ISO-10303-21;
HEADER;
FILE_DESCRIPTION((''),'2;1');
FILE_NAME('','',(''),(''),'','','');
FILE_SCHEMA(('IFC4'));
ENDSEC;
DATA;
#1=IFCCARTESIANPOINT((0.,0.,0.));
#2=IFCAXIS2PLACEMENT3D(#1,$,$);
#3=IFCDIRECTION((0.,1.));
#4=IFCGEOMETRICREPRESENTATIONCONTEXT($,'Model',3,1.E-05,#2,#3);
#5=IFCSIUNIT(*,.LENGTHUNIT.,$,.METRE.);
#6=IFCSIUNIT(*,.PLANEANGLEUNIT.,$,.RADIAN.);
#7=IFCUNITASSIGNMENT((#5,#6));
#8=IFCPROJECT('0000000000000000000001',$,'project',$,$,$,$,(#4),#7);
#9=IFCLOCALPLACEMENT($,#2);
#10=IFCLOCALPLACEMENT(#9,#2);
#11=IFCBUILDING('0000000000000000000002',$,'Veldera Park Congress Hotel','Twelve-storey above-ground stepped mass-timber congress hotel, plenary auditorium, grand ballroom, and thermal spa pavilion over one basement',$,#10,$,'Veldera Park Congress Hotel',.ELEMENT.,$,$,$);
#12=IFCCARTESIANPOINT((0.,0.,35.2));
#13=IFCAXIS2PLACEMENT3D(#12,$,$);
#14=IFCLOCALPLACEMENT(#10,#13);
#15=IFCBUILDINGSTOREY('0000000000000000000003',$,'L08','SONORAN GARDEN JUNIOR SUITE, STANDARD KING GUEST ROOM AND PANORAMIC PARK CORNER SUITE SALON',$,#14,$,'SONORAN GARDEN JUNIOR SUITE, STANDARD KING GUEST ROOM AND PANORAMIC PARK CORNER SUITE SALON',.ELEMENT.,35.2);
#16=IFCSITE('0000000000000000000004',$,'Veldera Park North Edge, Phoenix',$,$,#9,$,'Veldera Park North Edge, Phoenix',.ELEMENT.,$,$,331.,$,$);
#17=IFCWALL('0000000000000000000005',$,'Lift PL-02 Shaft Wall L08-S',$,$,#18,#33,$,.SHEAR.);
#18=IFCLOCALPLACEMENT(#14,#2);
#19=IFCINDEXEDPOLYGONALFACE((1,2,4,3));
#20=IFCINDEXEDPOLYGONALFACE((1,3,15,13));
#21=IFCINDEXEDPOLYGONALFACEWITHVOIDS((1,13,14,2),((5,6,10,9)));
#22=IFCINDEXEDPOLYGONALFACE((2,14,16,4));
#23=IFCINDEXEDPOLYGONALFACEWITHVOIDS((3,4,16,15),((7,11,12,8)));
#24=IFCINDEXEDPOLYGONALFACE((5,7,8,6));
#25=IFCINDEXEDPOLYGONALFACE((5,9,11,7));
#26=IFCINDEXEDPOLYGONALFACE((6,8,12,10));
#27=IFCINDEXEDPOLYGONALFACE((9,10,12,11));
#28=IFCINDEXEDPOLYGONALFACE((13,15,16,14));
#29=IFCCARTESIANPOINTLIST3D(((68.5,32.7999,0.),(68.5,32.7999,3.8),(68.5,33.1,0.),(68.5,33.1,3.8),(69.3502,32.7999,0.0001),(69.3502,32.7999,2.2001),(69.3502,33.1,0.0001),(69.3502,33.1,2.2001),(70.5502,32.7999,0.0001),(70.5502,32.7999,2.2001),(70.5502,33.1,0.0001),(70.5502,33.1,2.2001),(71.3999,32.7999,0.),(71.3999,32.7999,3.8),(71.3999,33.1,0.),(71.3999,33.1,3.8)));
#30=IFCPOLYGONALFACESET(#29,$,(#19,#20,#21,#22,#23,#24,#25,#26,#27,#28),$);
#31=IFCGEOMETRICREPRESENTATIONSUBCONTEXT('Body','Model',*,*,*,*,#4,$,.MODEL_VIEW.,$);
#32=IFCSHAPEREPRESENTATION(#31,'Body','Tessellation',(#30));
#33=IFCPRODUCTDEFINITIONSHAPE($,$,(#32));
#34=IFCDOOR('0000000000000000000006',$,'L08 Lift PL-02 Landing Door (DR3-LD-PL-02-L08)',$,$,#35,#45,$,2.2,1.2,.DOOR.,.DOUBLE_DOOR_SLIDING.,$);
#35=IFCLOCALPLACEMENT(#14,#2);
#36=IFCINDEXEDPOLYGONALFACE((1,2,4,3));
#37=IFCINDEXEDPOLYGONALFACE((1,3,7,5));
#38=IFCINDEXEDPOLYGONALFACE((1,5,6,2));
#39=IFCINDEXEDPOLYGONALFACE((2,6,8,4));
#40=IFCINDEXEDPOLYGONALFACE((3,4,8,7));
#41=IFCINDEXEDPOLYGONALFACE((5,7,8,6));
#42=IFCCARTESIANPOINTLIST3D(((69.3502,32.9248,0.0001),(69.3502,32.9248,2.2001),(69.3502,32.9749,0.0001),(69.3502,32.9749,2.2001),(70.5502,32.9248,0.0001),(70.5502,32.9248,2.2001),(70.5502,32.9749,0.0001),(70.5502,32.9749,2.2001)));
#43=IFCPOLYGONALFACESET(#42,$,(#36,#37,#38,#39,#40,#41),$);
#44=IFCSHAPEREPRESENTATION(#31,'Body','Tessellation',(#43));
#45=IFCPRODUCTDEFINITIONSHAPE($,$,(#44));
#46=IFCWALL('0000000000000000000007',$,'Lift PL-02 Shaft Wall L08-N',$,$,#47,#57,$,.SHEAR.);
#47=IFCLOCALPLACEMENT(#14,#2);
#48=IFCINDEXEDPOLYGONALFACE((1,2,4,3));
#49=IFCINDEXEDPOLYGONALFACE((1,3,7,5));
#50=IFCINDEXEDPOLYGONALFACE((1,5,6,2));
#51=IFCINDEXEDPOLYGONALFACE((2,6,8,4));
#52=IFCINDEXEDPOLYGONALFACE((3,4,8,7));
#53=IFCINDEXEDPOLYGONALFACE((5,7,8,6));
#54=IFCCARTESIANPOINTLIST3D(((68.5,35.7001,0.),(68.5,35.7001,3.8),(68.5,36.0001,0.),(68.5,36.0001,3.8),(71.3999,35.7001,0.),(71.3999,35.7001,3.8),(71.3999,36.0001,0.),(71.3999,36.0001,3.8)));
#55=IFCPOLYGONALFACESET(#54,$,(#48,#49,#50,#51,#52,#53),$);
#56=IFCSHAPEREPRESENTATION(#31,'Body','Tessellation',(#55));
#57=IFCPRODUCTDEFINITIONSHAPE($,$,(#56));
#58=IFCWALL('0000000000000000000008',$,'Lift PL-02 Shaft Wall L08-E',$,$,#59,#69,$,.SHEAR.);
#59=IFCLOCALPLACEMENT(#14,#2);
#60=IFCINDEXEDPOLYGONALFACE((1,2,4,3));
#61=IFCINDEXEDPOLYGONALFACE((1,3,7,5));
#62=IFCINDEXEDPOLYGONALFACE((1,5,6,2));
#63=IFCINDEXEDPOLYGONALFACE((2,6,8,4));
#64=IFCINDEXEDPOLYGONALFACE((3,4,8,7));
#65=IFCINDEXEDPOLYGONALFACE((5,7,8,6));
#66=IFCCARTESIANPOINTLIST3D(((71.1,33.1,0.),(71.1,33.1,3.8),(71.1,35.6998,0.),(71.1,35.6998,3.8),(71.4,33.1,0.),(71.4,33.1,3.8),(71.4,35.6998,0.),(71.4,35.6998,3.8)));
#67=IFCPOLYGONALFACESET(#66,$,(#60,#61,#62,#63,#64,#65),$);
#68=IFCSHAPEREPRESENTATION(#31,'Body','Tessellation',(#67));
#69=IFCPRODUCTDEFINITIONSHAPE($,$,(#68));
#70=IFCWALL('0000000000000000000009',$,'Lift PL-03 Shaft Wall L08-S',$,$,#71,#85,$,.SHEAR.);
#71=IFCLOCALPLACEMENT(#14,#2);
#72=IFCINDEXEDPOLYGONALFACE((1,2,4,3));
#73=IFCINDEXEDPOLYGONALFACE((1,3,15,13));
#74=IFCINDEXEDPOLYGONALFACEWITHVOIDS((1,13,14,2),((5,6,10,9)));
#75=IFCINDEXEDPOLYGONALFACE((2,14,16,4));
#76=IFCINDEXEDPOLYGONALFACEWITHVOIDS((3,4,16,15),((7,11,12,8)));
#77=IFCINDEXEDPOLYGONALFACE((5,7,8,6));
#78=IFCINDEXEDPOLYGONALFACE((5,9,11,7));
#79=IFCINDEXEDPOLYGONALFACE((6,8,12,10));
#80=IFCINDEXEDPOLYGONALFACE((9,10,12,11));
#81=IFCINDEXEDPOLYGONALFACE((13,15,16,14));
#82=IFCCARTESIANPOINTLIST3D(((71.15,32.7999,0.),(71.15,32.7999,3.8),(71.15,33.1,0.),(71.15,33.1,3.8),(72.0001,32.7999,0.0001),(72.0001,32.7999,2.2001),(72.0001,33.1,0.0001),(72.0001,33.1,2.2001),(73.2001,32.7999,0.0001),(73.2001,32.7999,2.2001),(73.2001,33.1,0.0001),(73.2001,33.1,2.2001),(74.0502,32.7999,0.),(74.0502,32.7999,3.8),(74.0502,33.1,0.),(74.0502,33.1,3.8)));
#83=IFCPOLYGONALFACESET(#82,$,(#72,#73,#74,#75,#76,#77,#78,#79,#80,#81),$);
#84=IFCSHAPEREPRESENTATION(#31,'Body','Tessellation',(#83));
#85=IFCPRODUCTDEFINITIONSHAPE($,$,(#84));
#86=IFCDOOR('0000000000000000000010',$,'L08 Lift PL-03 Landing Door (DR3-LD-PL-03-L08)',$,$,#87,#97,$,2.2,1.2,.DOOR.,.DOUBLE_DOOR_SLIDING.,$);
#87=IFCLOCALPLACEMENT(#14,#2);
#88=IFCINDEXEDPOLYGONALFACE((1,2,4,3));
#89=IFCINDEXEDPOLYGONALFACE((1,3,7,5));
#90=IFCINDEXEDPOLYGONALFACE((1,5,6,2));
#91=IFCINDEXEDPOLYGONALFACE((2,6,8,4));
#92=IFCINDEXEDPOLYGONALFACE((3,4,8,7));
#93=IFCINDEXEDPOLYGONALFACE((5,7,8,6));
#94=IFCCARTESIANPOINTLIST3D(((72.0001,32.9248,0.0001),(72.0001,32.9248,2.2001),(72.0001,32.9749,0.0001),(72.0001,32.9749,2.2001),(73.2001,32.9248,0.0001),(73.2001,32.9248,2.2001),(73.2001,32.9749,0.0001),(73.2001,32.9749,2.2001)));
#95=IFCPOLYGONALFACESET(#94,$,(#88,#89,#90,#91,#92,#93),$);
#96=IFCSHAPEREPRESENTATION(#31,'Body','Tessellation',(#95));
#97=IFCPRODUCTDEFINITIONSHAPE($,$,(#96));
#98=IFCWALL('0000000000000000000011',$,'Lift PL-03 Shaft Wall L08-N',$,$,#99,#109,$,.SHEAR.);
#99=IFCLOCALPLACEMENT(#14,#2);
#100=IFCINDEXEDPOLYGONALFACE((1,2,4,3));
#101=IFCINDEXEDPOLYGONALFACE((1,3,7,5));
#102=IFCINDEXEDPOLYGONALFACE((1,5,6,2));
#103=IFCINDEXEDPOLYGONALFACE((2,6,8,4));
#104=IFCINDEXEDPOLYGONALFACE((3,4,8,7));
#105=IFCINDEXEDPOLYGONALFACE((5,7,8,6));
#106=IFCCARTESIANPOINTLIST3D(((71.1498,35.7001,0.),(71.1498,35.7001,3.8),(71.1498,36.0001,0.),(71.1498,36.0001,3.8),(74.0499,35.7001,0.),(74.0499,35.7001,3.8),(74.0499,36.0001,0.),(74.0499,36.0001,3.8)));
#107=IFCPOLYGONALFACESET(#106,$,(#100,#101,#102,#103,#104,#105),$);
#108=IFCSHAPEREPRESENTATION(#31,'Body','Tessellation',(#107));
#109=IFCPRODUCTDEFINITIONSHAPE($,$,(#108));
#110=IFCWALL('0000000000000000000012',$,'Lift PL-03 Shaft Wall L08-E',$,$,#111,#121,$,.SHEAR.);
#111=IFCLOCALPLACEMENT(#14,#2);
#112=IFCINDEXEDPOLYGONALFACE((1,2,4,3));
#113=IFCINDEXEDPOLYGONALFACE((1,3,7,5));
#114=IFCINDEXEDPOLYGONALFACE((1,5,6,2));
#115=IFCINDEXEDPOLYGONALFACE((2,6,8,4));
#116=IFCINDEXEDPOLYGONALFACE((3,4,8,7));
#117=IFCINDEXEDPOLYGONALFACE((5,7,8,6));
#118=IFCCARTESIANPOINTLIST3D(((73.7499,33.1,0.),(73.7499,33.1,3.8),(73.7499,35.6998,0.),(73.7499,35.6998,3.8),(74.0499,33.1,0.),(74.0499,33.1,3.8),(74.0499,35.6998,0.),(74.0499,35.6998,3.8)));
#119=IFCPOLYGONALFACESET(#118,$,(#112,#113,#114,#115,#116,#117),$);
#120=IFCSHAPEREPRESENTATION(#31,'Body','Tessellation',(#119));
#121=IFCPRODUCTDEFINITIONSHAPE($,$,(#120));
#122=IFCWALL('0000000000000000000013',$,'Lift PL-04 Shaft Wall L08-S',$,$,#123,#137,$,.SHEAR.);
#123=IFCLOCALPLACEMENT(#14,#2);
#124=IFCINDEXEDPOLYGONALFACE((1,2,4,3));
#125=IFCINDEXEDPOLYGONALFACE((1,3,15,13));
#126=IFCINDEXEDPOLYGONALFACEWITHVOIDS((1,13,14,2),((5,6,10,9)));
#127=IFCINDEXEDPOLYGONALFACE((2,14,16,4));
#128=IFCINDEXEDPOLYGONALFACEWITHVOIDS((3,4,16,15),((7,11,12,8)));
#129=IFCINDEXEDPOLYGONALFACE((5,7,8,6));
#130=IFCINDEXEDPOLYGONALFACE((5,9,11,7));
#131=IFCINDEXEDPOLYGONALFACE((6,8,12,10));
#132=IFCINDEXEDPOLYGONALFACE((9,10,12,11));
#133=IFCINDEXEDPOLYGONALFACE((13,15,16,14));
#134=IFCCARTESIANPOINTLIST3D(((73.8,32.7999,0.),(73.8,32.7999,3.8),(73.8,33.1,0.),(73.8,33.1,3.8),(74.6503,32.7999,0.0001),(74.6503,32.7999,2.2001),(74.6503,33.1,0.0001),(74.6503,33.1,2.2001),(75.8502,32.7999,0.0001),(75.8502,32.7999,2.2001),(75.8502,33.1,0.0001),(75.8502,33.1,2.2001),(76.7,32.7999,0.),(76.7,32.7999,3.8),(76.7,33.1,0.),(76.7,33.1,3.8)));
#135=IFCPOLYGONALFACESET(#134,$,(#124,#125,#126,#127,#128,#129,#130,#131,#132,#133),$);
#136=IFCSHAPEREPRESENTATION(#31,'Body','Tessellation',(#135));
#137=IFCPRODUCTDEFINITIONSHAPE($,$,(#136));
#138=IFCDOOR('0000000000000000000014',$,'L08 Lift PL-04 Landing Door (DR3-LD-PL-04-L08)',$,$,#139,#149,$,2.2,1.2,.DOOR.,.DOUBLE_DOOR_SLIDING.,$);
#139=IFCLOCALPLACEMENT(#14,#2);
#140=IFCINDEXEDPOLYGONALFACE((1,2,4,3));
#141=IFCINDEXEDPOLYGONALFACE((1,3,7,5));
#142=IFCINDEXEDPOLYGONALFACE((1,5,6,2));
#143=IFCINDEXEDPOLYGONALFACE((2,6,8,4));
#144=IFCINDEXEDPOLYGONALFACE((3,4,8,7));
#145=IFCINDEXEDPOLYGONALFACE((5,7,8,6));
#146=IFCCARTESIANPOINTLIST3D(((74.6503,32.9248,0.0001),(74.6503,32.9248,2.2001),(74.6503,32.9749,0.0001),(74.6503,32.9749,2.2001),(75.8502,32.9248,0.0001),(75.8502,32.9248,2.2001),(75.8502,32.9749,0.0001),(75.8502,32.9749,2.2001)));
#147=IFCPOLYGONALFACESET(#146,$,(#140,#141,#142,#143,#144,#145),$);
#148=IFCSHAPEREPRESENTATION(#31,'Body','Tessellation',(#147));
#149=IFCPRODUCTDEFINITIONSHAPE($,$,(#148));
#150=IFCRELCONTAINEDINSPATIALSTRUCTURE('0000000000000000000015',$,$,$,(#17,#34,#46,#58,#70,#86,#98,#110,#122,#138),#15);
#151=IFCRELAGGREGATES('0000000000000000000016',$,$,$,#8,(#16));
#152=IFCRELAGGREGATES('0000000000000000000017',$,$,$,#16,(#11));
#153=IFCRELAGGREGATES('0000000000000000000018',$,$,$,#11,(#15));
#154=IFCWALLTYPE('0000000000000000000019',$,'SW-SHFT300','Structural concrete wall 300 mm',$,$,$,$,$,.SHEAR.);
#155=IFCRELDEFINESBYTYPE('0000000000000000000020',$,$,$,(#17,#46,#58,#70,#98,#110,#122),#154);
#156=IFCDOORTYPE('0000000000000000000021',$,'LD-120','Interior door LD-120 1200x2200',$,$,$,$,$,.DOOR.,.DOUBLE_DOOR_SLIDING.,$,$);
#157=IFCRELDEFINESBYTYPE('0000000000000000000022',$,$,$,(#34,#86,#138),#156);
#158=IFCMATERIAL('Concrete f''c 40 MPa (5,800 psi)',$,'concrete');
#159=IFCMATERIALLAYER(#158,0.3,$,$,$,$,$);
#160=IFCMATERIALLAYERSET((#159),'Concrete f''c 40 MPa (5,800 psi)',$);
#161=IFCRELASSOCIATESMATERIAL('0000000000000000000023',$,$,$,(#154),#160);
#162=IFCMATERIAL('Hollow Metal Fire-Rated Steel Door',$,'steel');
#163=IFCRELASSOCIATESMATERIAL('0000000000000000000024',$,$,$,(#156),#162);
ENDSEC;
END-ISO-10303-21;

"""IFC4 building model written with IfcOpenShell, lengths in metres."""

from ifc_helpers import new_model, si_unit, direction, frame, frame_2d, origin, place, context, subcontext, project, spatial, rectangle, extrude, material, layer, layer_set, type_object, element, fill, save


model = new_model("IFC4")

# Units and contexts
model_context = context("Model", 3, precision=1e-05, world=origin(), true_north=direction((0.0, 1.0)))
body_context = subcontext(model_context, "Body", "Model", "MODEL_VIEW")
ifc_project = project(units=[si_unit("LENGTHUNIT", "METRE"), si_unit("PLANEANGLEUNIT", "RADIAN")], contexts=[model_context])

# Site, building, storey
site_placement = place(None, origin())
site = spatial("IfcSite", under=ifc_project, at=site_placement, Name="Veldera Park North Edge, Phoenix", LongName="Veldera Park North Edge, Phoenix", CompositionType="ELEMENT", RefElevation=331.0)
building_placement = place(site_placement, origin())
building = spatial("IfcBuilding", under=site, at=building_placement, Name="Veldera Park Congress Hotel", Description="Twelve-storey above-ground stepped mass-timber congress hotel, plenary auditorium, grand ballroom, and thermal spa pavilion over one basement", LongName="Veldera Park Congress Hotel", CompositionType="ELEMENT")
storey_placement = place(building_placement, frame((0.0, 0.0, 35.2)))
storey = spatial("IfcBuildingStorey", under=building, at=storey_placement, Name="L08", Description="SONORAN GARDEN JUNIOR SUITE, STANDARD KING GUEST ROOM AND PANORAMIC PARK CORNER SUITE SALON", LongName="SONORAN GARDEN JUNIOR SUITE, STANDARD KING GUEST ROOM AND PANORAMIC PARK CORNER SUITE SALON", CompositionType="ELEMENT", Elevation=35.2)

# Shared definitions
ifc_material_1 = material(Name="Concrete f'c 40 MPa (5,800 psi)", Category="concrete")
ifc_layer_1 = layer(ifc_material_1, 0.3)
ifc_layer_set_1 = layer_set([ifc_layer_1], Name="Concrete f'c 40 MPa (5,800 psi)")
wall_type_1 = type_object("IfcWallType", Name="SW-SHFT300", Description="Structural concrete wall 300 mm", PredefinedType="SHEAR", material=ifc_layer_set_1)
ifc_material_2 = material(Name="Hollow Metal Fire-Rated Steel Door", Category="steel")
door_type_1 = type_object("IfcDoorType", Name="LD-120", Description="Interior door LD-120 1200x2200", OperationType="DOUBLE_DOOR_SLIDING", PredefinedType="DOOR", material=ifc_material_2)

# Wall, opening, door
wall_1_placement = place(storey_placement, frame((68.5, 32.95, 0.0), z_axis=(0.0, 0.0, 1.0), x_axis=(1.0, 0.0, 0.0)))
wall_1 = element("IfcWall", 1, at=wall_1_placement, inside=storey, type_object=wall_type_1, Name="Lift PL-02 Shaft Wall L08-S", PredefinedType="SHEAR", context=body_context, shape_type="SweptSolid", body=[
    extrude(rectangle(XDim=2.8999, YDim=0.3, at=frame_2d((1.45, 0.0))), origin(), (0.0, 0.0, 1.0), 3.8),
])
opening_1_placement = place(wall_1_placement, frame((0.8501, 0.0, 0.0)))
opening_1 = element("IfcOpeningElement", 2, at=opening_1_placement, cuts=wall_1, PredefinedType="OPENING", context=body_context, shape_type="SweptSolid", body=[
    extrude(rectangle(XDim=1.2, YDim=2.2, at=frame_2d((0.6001, 1.1001))), frame((0.0, 0.1621, 0.0), z_axis=(0.0, -1.0, 0.0), x_axis=(1.0, 0.0, 0.0)), (0.0, 0.0, 1.0), 0.324),
])
door_1_placement = place(opening_1_placement, origin())
door_1 = element("IfcDoor", 3, at=door_1_placement, inside=storey, type_object=door_type_1, Name="L08 Lift PL-02 Landing Door (DR3-LD-PL-02-L08)", OperationType="DOUBLE_DOOR_SLIDING", OverallHeight=2.2, OverallWidth=1.2, PredefinedType="DOOR", context=body_context, shape_type="SweptSolid", body=[
    extrude(rectangle(XDim=1.2, YDim=2.2, at=frame_2d((0.6001, 1.1001))), frame((0.0, 0.0249, 0.0), z_axis=(0.0, -1.0, 0.0), x_axis=(1.0, 0.0, 0.0)), (0.0, 0.0, 1.0), 0.05),
])
fill(opening_1, door_1)

# Walls
wall_2_placement = place(storey_placement, frame((71.3999, 35.8501, 0.0), z_axis=(0.0, 0.0, 1.0), x_axis=(-1.0, 0.0, 0.0)))
element("IfcWall", 4, at=wall_2_placement, inside=storey, type_object=wall_type_1, Name="Lift PL-02 Shaft Wall L08-N", PredefinedType="SHEAR", context=body_context, shape_type="SweptSolid", body=[
    extrude(rectangle(XDim=2.8999, YDim=0.3, at=frame_2d((1.45, 0.0))), origin(), (0.0, 0.0, 1.0), 3.8),
])
wall_3_placement = place(storey_placement, frame((71.25, 33.1001, 0.0), z_axis=(0.0, 0.0, 1.0), x_axis=(0.0, 1.0, 0.0)))
element("IfcWall", 5, at=wall_3_placement, inside=storey, type_object=wall_type_1, Name="Lift PL-02 Shaft Wall L08-E", PredefinedType="SHEAR", context=body_context, shape_type="SweptSolid", body=[
    extrude(rectangle(XDim=2.5999, YDim=0.3, at=frame_2d((1.2998, 0.0))), origin(), (0.0, 0.0, 1.0), 3.8),
])

# Wall, opening, door
wall_4_placement = place(storey_placement, frame((71.1499, 32.95, 0.0), z_axis=(0.0, 0.0, 1.0), x_axis=(1.0, 0.0, 0.0)))
wall_4 = element("IfcWall", 6, at=wall_4_placement, inside=storey, type_object=wall_type_1, Name="Lift PL-03 Shaft Wall L08-S", PredefinedType="SHEAR", context=body_context, shape_type="SweptSolid", body=[
    extrude(rectangle(XDim=2.9001, YDim=0.3, at=frame_2d((1.4502, 0.0))), origin(), (0.0, 0.0, 1.0), 3.8),
])
opening_2_placement = place(wall_4_placement, frame((0.8501, 0.0, 0.0)))
opening_2 = element("IfcOpeningElement", 7, at=opening_2_placement, cuts=wall_4, PredefinedType="OPENING", context=body_context, shape_type="SweptSolid", body=[
    extrude(rectangle(XDim=1.2, YDim=2.2, at=frame_2d((0.6001, 1.1001))), frame((0.0, 0.1621, 0.0), z_axis=(0.0, -1.0, 0.0), x_axis=(1.0, 0.0, 0.0)), (0.0, 0.0, 1.0), 0.324),
])
door_2_placement = place(opening_2_placement, origin())
door_2 = element("IfcDoor", 8, at=door_2_placement, inside=storey, type_object=door_type_1, Name="L08 Lift PL-03 Landing Door (DR3-LD-PL-03-L08)", OperationType="DOUBLE_DOOR_SLIDING", OverallHeight=2.2, OverallWidth=1.2, PredefinedType="DOOR", context=body_context, shape_type="SweptSolid", body=[
    extrude(rectangle(XDim=1.2, YDim=2.2, at=frame_2d((0.6001, 1.1001))), frame((0.0, 0.0249, 0.0), z_axis=(0.0, -1.0, 0.0), x_axis=(1.0, 0.0, 0.0)), (0.0, 0.0, 1.0), 0.05),
])
fill(opening_2, door_2)

# Walls
wall_5_placement = place(storey_placement, frame((74.05, 35.8501, 0.0), z_axis=(0.0, 0.0, 1.0), x_axis=(-1.0, 0.0, 0.0)))
element("IfcWall", 9, at=wall_5_placement, inside=storey, type_object=wall_type_1, Name="Lift PL-03 Shaft Wall L08-N", PredefinedType="SHEAR", context=body_context, shape_type="SweptSolid", body=[
    extrude(rectangle(XDim=2.9001, YDim=0.3, at=frame_2d((1.4502, 0.0))), origin(), (0.0, 0.0, 1.0), 3.8),
])
wall_6_placement = place(storey_placement, frame((73.8999, 33.1001, 0.0), z_axis=(0.0, 0.0, 1.0), x_axis=(0.0, 1.0, 0.0)))
element("IfcWall", 10, at=wall_6_placement, inside=storey, type_object=wall_type_1, Name="Lift PL-03 Shaft Wall L08-E", PredefinedType="SHEAR", context=body_context, shape_type="SweptSolid", body=[
    extrude(rectangle(XDim=2.5999, YDim=0.3, at=frame_2d((1.2998, 0.0))), origin(), (0.0, 0.0, 1.0), 3.8),
])

# Wall, opening, door
wall_7_placement = place(storey_placement, frame((73.8, 32.95, 0.0), z_axis=(0.0, 0.0, 1.0), x_axis=(1.0, 0.0, 0.0)))
wall_7 = element("IfcWall", 11, at=wall_7_placement, inside=storey, type_object=wall_type_1, Name="Lift PL-04 Shaft Wall L08-S", PredefinedType="SHEAR", context=body_context, shape_type="SweptSolid", body=[
    extrude(rectangle(XDim=2.8999, YDim=0.3, at=frame_2d((1.45, 0.0))), origin(), (0.0, 0.0, 1.0), 3.8),
])
opening_3_placement = place(wall_7_placement, frame((0.8501, 0.0, 0.0)))
opening_3 = element("IfcOpeningElement", 12, at=opening_3_placement, cuts=wall_7, PredefinedType="OPENING", context=body_context, shape_type="SweptSolid", body=[
    extrude(rectangle(XDim=1.2, YDim=2.2, at=frame_2d((0.6001, 1.1001))), frame((0.0, 0.1621, 0.0), z_axis=(0.0, -1.0, 0.0), x_axis=(1.0, 0.0, 0.0)), (0.0, 0.0, 1.0), 0.324),
])
door_3_placement = place(opening_3_placement, origin())
door_3 = element("IfcDoor", 13, at=door_3_placement, inside=storey, type_object=door_type_1, Name="L08 Lift PL-04 Landing Door (DR3-LD-PL-04-L08)", OperationType="DOUBLE_DOOR_SLIDING", OverallHeight=2.2, OverallWidth=1.2, PredefinedType="DOOR", context=body_context, shape_type="SweptSolid", body=[
    extrude(rectangle(XDim=1.2, YDim=2.2, at=frame_2d((0.6001, 1.1001))), frame((0.0, 0.0249, 0.0), z_axis=(0.0, -1.0, 0.0), x_axis=(1.0, 0.0, 0.0)), (0.0, 0.0, 1.0), 0.05),
])
fill(opening_3, door_3)

save(model, "model.ifc")
